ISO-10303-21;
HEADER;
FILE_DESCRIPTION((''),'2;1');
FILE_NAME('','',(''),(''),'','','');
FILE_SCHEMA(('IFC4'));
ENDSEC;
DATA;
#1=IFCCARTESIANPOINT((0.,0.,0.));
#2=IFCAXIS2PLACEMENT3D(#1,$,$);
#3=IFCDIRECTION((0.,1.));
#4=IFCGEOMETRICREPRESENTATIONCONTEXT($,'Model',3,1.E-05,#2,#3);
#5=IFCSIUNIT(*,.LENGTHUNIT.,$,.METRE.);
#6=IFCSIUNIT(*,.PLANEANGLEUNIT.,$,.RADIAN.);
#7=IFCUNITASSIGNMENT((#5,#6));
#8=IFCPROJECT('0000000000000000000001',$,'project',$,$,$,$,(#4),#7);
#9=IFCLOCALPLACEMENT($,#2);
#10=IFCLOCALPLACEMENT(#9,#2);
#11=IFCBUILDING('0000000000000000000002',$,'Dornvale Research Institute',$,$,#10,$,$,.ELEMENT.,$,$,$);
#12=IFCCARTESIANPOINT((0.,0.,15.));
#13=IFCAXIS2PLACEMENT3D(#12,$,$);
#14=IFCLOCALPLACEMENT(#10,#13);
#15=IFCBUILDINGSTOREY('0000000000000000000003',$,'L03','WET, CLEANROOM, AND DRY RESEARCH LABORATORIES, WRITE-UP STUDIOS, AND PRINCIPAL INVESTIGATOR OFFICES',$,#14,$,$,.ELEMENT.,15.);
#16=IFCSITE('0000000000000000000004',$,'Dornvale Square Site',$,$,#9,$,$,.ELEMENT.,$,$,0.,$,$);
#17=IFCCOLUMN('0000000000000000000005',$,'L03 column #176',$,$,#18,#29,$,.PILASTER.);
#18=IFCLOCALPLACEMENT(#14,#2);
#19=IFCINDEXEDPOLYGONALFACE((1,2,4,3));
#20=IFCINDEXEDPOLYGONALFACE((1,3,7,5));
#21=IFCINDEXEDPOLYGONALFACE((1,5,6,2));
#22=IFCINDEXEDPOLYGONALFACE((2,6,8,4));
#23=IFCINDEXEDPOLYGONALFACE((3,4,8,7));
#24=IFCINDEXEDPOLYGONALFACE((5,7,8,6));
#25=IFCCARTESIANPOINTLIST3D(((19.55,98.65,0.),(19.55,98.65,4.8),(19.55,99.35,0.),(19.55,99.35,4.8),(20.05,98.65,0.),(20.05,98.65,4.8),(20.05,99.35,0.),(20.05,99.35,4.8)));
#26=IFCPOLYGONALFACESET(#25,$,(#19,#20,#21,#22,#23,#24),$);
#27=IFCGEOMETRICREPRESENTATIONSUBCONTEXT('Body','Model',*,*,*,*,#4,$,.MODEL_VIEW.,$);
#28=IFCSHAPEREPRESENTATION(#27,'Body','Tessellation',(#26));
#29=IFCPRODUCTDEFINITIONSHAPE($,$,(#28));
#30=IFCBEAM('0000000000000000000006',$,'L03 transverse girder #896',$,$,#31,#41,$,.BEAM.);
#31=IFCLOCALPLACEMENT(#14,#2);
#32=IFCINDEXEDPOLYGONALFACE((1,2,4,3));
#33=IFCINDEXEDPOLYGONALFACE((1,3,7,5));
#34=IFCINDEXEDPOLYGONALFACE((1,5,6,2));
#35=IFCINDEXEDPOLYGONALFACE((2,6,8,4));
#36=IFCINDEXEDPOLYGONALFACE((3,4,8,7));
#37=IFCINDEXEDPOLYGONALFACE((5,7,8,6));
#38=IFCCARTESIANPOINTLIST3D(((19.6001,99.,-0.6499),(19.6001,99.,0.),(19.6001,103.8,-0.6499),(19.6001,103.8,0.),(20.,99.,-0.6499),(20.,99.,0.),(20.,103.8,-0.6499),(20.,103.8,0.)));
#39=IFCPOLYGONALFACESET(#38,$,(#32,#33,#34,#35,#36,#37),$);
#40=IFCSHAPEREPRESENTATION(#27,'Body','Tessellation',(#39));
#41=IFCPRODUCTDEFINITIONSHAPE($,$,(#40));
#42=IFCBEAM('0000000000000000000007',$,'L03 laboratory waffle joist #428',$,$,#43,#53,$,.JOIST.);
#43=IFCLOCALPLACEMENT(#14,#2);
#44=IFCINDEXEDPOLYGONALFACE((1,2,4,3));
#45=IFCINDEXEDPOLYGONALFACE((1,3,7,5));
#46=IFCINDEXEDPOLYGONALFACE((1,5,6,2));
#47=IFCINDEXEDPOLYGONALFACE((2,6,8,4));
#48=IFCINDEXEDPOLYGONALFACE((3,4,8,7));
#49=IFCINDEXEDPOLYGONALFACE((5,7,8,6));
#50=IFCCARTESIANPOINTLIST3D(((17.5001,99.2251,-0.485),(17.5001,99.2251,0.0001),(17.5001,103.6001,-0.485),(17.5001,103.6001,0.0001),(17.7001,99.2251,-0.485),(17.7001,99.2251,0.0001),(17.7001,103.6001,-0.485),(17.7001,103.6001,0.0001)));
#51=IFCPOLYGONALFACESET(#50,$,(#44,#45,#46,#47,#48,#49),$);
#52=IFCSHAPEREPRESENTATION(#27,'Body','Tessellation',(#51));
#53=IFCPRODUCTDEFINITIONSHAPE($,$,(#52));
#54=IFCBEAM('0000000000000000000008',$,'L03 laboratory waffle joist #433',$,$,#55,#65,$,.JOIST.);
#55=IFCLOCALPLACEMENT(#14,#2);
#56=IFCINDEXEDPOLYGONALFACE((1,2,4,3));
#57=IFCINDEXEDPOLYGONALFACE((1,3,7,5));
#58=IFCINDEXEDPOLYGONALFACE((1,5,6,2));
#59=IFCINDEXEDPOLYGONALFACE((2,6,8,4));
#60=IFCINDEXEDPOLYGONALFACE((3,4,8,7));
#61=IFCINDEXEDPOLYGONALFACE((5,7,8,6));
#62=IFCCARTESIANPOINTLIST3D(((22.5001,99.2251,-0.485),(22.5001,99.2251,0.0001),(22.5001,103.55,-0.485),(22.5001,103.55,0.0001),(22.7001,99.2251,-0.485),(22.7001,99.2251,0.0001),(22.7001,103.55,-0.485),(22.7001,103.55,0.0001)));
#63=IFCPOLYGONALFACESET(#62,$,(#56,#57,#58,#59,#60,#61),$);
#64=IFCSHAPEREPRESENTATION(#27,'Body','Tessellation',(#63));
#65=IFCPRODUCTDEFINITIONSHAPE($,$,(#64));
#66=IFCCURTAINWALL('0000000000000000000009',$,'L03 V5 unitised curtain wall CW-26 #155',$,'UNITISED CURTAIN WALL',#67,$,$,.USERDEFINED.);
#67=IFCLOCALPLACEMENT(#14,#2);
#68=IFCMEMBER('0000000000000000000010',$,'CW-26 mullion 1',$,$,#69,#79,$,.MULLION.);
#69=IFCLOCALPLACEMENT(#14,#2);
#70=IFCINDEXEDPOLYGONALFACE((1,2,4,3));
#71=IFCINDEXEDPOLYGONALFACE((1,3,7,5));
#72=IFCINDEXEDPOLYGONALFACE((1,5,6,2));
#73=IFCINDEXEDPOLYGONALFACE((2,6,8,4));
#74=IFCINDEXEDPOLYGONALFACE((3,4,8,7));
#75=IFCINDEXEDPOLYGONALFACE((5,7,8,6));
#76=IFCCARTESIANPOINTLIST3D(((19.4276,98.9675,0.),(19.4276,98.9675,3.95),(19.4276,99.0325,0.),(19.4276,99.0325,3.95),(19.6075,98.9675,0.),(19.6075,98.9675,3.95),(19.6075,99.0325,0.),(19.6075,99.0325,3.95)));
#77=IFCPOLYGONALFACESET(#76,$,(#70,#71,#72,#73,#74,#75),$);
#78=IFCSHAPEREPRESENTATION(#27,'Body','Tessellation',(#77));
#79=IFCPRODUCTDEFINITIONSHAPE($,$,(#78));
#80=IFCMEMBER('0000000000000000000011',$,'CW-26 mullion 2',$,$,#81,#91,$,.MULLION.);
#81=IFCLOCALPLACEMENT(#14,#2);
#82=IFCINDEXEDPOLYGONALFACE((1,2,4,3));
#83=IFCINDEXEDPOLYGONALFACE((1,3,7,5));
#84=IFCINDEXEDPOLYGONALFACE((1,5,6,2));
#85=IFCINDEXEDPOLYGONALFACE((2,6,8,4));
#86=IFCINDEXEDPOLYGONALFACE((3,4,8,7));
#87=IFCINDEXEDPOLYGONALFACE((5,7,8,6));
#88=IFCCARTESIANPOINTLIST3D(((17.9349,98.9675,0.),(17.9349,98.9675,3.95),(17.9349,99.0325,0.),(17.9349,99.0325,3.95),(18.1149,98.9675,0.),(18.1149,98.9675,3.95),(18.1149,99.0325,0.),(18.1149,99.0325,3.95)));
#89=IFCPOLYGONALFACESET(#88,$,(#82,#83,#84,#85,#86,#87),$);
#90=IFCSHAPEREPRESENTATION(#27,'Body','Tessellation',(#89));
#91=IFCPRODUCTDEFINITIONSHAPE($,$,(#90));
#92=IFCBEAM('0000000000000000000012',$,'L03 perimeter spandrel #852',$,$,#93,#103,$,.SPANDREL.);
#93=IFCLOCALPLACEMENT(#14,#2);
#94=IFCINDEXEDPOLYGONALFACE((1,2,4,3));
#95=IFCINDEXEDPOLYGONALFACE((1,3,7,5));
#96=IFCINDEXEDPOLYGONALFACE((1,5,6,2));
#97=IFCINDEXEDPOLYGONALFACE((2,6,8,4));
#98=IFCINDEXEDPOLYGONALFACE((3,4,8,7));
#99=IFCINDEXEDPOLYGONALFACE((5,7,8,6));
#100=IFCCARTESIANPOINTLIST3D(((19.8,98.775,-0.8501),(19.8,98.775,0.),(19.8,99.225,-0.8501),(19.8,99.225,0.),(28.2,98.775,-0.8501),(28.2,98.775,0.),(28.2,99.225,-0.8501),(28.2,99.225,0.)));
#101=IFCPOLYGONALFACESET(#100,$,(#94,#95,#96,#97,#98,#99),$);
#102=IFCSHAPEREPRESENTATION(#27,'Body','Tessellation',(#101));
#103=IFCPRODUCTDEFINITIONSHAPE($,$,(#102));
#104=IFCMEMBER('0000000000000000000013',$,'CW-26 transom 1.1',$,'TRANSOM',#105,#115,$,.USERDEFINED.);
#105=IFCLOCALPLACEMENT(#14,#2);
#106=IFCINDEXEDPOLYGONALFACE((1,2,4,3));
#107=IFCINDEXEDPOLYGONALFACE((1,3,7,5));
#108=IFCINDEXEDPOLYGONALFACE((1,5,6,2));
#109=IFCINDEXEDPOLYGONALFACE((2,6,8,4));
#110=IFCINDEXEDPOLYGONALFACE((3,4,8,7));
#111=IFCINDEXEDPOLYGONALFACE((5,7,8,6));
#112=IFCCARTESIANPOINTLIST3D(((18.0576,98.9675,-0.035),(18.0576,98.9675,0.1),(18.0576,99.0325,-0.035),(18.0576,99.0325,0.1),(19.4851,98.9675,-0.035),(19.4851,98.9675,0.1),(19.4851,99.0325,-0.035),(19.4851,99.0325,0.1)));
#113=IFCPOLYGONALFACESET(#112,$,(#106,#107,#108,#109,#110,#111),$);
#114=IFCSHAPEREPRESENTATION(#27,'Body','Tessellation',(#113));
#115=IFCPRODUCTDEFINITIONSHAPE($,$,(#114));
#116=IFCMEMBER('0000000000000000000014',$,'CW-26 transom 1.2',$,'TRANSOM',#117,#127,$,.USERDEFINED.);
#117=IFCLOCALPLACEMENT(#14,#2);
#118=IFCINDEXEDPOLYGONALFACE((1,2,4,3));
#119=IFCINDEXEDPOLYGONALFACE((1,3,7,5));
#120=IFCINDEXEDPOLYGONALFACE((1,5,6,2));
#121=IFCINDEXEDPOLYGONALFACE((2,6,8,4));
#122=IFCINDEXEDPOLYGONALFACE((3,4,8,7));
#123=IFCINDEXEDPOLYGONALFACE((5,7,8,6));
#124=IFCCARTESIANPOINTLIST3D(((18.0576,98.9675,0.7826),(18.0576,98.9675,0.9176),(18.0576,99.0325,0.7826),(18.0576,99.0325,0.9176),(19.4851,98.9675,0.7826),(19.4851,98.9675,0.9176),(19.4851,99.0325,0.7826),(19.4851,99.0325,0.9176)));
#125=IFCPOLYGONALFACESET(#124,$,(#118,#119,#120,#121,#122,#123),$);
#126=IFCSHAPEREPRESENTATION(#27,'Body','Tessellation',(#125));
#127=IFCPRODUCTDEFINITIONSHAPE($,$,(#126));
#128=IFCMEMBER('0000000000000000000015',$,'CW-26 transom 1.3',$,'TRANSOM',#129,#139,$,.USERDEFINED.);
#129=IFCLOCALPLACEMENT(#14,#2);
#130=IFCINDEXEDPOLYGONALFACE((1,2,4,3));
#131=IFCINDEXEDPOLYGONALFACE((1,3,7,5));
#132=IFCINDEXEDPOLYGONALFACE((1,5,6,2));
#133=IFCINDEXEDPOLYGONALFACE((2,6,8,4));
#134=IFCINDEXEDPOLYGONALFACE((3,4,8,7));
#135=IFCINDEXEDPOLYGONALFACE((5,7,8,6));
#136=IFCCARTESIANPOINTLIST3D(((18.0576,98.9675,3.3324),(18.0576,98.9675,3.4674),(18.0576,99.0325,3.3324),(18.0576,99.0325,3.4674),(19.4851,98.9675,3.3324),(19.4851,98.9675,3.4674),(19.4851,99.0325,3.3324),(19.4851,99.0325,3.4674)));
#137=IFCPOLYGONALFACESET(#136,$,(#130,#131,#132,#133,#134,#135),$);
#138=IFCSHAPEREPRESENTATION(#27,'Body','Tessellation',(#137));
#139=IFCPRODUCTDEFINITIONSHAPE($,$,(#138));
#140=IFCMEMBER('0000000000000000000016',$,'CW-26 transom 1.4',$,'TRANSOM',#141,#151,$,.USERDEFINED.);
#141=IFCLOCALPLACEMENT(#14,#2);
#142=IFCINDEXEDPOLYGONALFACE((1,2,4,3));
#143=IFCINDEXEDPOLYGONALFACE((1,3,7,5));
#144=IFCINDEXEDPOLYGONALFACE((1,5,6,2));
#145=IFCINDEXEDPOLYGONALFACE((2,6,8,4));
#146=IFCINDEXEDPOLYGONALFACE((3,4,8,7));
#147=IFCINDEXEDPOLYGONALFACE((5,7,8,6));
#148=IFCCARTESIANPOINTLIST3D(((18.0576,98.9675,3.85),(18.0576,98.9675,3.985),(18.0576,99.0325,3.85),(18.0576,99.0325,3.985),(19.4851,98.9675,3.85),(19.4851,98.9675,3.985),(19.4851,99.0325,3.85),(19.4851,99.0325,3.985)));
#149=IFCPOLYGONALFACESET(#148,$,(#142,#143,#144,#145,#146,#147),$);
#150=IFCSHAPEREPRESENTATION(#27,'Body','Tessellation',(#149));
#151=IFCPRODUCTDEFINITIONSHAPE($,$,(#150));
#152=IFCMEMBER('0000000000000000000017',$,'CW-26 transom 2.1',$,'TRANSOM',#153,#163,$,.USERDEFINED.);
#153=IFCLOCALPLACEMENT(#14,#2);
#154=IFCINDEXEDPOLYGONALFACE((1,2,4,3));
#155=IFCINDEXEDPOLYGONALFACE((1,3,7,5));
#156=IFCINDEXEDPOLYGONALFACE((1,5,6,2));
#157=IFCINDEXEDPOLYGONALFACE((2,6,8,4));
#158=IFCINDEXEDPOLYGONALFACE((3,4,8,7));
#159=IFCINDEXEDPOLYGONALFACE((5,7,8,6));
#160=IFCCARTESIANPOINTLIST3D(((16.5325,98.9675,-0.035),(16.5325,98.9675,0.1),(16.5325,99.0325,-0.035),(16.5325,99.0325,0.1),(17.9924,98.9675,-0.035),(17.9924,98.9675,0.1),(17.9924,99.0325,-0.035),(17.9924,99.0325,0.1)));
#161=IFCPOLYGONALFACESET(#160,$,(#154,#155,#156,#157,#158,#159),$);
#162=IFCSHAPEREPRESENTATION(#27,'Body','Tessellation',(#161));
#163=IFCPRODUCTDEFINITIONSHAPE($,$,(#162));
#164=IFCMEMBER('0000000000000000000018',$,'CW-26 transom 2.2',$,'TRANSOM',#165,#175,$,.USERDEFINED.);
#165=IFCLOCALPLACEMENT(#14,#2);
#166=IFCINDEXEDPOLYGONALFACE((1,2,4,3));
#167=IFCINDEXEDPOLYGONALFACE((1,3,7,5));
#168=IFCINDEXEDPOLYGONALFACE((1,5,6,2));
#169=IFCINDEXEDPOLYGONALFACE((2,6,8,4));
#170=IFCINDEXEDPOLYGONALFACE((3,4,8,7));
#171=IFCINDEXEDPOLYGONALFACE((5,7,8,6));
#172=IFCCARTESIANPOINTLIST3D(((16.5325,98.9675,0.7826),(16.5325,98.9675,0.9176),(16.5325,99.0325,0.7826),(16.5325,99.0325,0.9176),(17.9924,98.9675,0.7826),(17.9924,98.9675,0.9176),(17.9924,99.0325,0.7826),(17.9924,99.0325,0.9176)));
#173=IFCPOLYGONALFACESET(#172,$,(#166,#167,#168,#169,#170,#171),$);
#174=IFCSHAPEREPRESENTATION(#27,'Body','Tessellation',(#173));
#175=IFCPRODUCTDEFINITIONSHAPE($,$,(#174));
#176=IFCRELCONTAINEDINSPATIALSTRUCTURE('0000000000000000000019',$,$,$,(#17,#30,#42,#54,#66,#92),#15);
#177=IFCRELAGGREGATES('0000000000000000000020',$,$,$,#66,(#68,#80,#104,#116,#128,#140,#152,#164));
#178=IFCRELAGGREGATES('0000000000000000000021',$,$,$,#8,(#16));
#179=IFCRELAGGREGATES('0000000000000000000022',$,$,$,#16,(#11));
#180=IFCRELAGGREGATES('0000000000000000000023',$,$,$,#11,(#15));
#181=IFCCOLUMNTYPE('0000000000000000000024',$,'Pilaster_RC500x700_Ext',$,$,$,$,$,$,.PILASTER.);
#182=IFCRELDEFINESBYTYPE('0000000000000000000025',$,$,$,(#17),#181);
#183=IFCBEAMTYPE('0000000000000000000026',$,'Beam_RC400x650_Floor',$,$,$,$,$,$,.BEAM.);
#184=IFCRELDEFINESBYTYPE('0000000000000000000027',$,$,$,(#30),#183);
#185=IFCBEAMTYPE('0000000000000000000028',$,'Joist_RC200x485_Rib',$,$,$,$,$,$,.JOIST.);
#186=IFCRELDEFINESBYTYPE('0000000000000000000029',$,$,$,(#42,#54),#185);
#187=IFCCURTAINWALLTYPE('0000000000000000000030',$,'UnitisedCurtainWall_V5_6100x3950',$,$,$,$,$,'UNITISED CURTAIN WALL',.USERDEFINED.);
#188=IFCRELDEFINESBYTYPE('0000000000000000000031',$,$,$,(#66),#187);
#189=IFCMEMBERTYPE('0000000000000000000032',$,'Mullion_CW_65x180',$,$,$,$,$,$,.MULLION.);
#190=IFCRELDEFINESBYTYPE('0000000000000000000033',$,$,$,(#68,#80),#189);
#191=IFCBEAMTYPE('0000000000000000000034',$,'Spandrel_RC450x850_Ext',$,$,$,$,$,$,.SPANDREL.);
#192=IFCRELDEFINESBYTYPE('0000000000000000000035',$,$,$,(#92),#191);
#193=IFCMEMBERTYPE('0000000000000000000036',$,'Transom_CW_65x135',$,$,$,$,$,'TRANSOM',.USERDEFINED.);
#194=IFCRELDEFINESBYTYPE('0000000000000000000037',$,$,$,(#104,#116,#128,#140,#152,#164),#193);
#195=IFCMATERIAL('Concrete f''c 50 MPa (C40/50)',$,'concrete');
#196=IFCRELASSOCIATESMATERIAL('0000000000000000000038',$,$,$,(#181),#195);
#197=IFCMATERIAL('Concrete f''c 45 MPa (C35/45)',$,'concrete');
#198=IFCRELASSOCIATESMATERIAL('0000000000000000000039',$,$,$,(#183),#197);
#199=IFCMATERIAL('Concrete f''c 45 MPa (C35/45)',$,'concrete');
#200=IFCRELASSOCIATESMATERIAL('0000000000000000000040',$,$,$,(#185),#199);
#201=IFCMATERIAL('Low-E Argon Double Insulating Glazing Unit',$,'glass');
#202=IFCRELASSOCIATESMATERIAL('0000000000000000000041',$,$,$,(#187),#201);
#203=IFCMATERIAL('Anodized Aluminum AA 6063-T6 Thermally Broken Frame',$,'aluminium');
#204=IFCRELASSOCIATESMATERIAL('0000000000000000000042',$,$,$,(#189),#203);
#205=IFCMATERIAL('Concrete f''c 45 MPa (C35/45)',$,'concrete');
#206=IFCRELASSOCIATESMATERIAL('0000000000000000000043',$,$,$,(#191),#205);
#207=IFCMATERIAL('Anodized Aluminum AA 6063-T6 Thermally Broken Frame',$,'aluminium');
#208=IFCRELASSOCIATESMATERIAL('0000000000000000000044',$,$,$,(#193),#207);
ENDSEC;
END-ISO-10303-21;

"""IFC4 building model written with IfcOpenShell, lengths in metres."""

from ifc_helpers import new_model, si_unit, direction, frame, origin, origin_2d, place, context, subcontext, project, spatial, rectangle, extrude, material, material_profile, profile_set, type_object, element, aggregate, save


model = new_model("IFC4")

# Units and contexts
model_context = context("Model", 3, precision=1e-05, world=origin(), true_north=direction((0.0, 1.0)))
body_context = subcontext(model_context, "Body", "Model", "MODEL_VIEW")
ifc_project = project(units=[si_unit("LENGTHUNIT", "METRE"), si_unit("PLANEANGLEUNIT", "RADIAN")], contexts=[model_context])

# Site, building, storey
site_placement = place(None, origin())
site = spatial("IfcSite", under=ifc_project, at=site_placement, Name="Dornvale Square Site", CompositionType="ELEMENT", RefElevation=0.0)
building_placement = place(site_placement, origin())
building = spatial("IfcBuilding", under=site, at=building_placement, Name="Dornvale Research Institute", CompositionType="ELEMENT")
storey_placement = place(building_placement, frame((0.0, 0.0, 15.0)))
storey = spatial("IfcBuildingStorey", under=building, at=storey_placement, Name="L03", Description="WET, CLEANROOM, AND DRY RESEARCH LABORATORIES, WRITE-UP STUDIOS, AND PRINCIPAL INVESTIGATOR OFFICES", CompositionType="ELEMENT", Elevation=15.0)

# Column
ifc_material_1 = material(Name="Concrete f'c 50 MPa (C40/50)", Category="concrete")
ifc_material_profile_1 = material_profile(ifc_material_1, rectangle(XDim=0.5, YDim=0.7, at=origin_2d()), Name="RC 500x700")
ifc_profile_set_1 = profile_set([ifc_material_profile_1], Name="Concrete f'c 50 MPa (C40/50)")
column_type = type_object("IfcColumnType", Name="Pilaster_RC500x700_Ext", PredefinedType="PILASTER", material=ifc_profile_set_1)
column_placement = place(storey_placement, frame((19.8, 99.0, 0.0), z_axis=(0.0, 0.0, 1.0), x_axis=(1.0, 0.0, 0.0)))
element("IfcColumn", 1, at=column_placement, inside=storey, type_object=column_type, Name="L03 column #176", PredefinedType="PILASTER", context=body_context, shape_type="SweptSolid", body=[
    extrude(rectangle(XDim=0.5, YDim=0.7, at=origin_2d()), origin(), (0.0, 0.0, 1.0), 4.8),
])

# Beams
ifc_material_2 = material(Name="Concrete f'c 45 MPa (C35/45)", Category="concrete")
ifc_material_profile_2 = material_profile(ifc_material_2, rectangle(XDim=0.3999, YDim=0.6499, at=origin_2d()), Name="RC 400x650")
ifc_profile_set_2 = profile_set([ifc_material_profile_2], Name="Concrete f'c 45 MPa (C35/45)")
beam_type_1 = type_object("IfcBeamType", Name="Beam_RC400x650_Floor", PredefinedType="BEAM", material=ifc_profile_set_2)
beam_1_placement = place(storey_placement, frame((19.8, 99.0, -0.325), z_axis=(0.0, 1.0, 0.0), x_axis=(-1.0, 0.0, 0.0)))
element("IfcBeam", 2, at=beam_1_placement, inside=storey, type_object=beam_type_1, Name="L03 transverse girder #896", PredefinedType="BEAM", context=body_context, shape_type="SweptSolid", body=[
    extrude(rectangle(XDim=0.3999, YDim=0.6499, at=origin_2d()), origin(), (0.0, 0.0, 1.0), 4.8),
])
ifc_material_3 = material(Name="Concrete f'c 45 MPa (C35/45)", Category="concrete")
ifc_material_profile_3 = material_profile(ifc_material_3, rectangle(XDim=0.2, YDim=0.4851, at=origin_2d()), Name="RC 200x485")
ifc_profile_set_3 = profile_set([ifc_material_profile_3], Name="Concrete f'c 45 MPa (C35/45)")
beam_type_2 = type_object("IfcBeamType", Name="Joist_RC200x485_Rib", PredefinedType="JOIST", material=ifc_profile_set_3)
beam_2_placement = place(storey_placement, frame((17.6001, 99.2251, -0.2424), z_axis=(0.0, 1.0, 0.0), x_axis=(-1.0, 0.0, 0.0)))
element("IfcBeam", 3, at=beam_2_placement, inside=storey, type_object=beam_type_2, Name="L03 laboratory waffle joist #428", PredefinedType="JOIST", context=body_context, shape_type="SweptSolid", body=[
    extrude(rectangle(XDim=0.2, YDim=0.4851, at=origin_2d()), origin(), (0.0, 0.0, 1.0), 4.375),
])
beam_3_placement = place(storey_placement, frame((22.6001, 99.2251, -0.2424), z_axis=(0.0, 1.0, 0.0), x_axis=(-1.0, 0.0, 0.0)))
element("IfcBeam", 4, at=beam_3_placement, inside=storey, type_object=beam_type_2, Name="L03 laboratory waffle joist #433", PredefinedType="JOIST", context=body_context, shape_type="SweptSolid", body=[
    extrude(rectangle(XDim=0.2, YDim=0.4851, at=origin_2d()), origin(), (0.0, 0.0, 1.0), 4.325),
])

# Curtain wall, members
ifc_material_4 = material(Name="Low-E Argon Double Insulating Glazing Unit", Category="glass")
curtain_wall_type = type_object("IfcCurtainWallType", Name="UnitisedCurtainWall_V5_6100x3950", ElementType="UNITISED CURTAIN WALL", PredefinedType="USERDEFINED", material=ifc_material_4)
curtain_wall_placement = place(storey_placement, origin())
curtain_wall = element("IfcCurtainWall", 5, at=curtain_wall_placement, inside=storey, type_object=curtain_wall_type, Name="L03 V5 unitised curtain wall CW-26 #155", ObjectType="UNITISED CURTAIN WALL", PredefinedType="USERDEFINED")
ifc_material_5 = material(Name="Anodized Aluminum AA 6063-T6 Thermally Broken Frame", Category="aluminium")
ifc_material_profile_4 = material_profile(ifc_material_5, rectangle(XDim=0.0649, YDim=0.1799, at=origin_2d()), Name="ALU MULLION 65x180")
ifc_profile_set_4 = profile_set([ifc_material_profile_4], Name="Anodized Aluminum AA 6063-T6 Thermally Broken Frame")
member_type_1 = type_object("IfcMemberType", Name="Mullion_CW_65x180", PredefinedType="MULLION", material=ifc_profile_set_4)
member_1_placement = place(storey_placement, frame((19.5176, 99.0, 0.0), z_axis=(0.0, 0.0, 1.0), x_axis=(0.0, -1.0, 0.0)))
member_1 = element("IfcMember", 6, at=member_1_placement, type_object=member_type_1, Name="CW-26 mullion 1", PredefinedType="MULLION", context=body_context, shape_type="SweptSolid", body=[
    extrude(rectangle(XDim=0.0649, YDim=0.1799, at=origin_2d()), origin(), (0.0, 0.0, 1.0), 3.95),
])
member_2_placement = place(storey_placement, frame((18.0249, 99.0, 0.0), z_axis=(0.0, 0.0, 1.0), x_axis=(0.0, -1.0, 0.0)))
member_2 = element("IfcMember", 7, at=member_2_placement, type_object=member_type_1, Name="CW-26 mullion 2", PredefinedType="MULLION", context=body_context, shape_type="SweptSolid", body=[
    extrude(rectangle(XDim=0.0649, YDim=0.1799, at=origin_2d()), origin(), (0.0, 0.0, 1.0), 3.95),
])

# Beam
ifc_material_6 = material(Name="Concrete f'c 45 MPa (C35/45)", Category="concrete")
ifc_material_profile_5 = material_profile(ifc_material_6, rectangle(XDim=0.45, YDim=0.8501, at=origin_2d()), Name="RC 450x850")
ifc_profile_set_5 = profile_set([ifc_material_profile_5], Name="Concrete f'c 45 MPa (C35/45)")
beam_type_3 = type_object("IfcBeamType", Name="Spandrel_RC450x850_Ext", PredefinedType="SPANDREL", material=ifc_profile_set_5)
beam_4_placement = place(storey_placement, frame((19.8, 99.0, -0.425), z_axis=(1.0, 0.0, 0.0), x_axis=(0.0, 1.0, 0.0)))
element("IfcBeam", 8, at=beam_4_placement, inside=storey, type_object=beam_type_3, Name="L03 perimeter spandrel #852", PredefinedType="SPANDREL", context=body_context, shape_type="SweptSolid", body=[
    extrude(rectangle(XDim=0.45, YDim=0.8501, at=origin_2d()), origin(), (0.0, 0.0, 1.0), 8.3999),
])

# Members
ifc_material_7 = material(Name="Anodized Aluminum AA 6063-T6 Thermally Broken Frame", Category="aluminium")
ifc_material_profile_6 = material_profile(ifc_material_7, rectangle(XDim=0.0649, YDim=0.135, at=origin_2d()), Name="ALU TRANSOM 65x135")
ifc_profile_set_6 = profile_set([ifc_material_profile_6], Name="Anodized Aluminum AA 6063-T6 Thermally Broken Frame")
member_type_2 = type_object("IfcMemberType", Name="Transom_CW_65x135", ElementType="TRANSOM", PredefinedType="USERDEFINED", material=ifc_profile_set_6)
member_3_placement = place(storey_placement, frame((19.4851, 99.0, 0.0325), z_axis=(-1.0, 0.0, 0.0), x_axis=(0.0, -1.0, 0.0)))
member_3 = element("IfcMember", 9, at=member_3_placement, type_object=member_type_2, Name="CW-26 transom 1.1", ObjectType="TRANSOM", PredefinedType="USERDEFINED", context=body_context, shape_type="SweptSolid", body=[
    extrude(rectangle(XDim=0.0649, YDim=0.135, at=origin_2d()), origin(), (0.0, 0.0, 1.0), 1.4275),
])
member_4_placement = place(storey_placement, frame((19.4851, 99.0, 0.8501), z_axis=(-1.0, 0.0, 0.0), x_axis=(0.0, -1.0, 0.0)))
member_4 = element("IfcMember", 10, at=member_4_placement, type_object=member_type_2, Name="CW-26 transom 1.2", ObjectType="TRANSOM", PredefinedType="USERDEFINED", context=body_context, shape_type="SweptSolid", body=[
    extrude(rectangle(XDim=0.0649, YDim=0.135, at=origin_2d()), origin(), (0.0, 0.0, 1.0), 1.4275),
])
member_5_placement = place(storey_placement, frame((19.4851, 99.0, 3.3999), z_axis=(-1.0, 0.0, 0.0), x_axis=(0.0, -1.0, 0.0)))
member_5 = element("IfcMember", 11, at=member_5_placement, type_object=member_type_2, Name="CW-26 transom 1.3", ObjectType="TRANSOM", PredefinedType="USERDEFINED", context=body_context, shape_type="SweptSolid", body=[
    extrude(rectangle(XDim=0.0649, YDim=0.135, at=origin_2d()), origin(), (0.0, 0.0, 1.0), 1.4275),
])
member_6_placement = place(storey_placement, frame((19.4851, 99.0, 3.9175), z_axis=(-1.0, 0.0, 0.0), x_axis=(0.0, -1.0, 0.0)))
member_6 = element("IfcMember", 12, at=member_6_placement, type_object=member_type_2, Name="CW-26 transom 1.4", ObjectType="TRANSOM", PredefinedType="USERDEFINED", context=body_context, shape_type="SweptSolid", body=[
    extrude(rectangle(XDim=0.0649, YDim=0.135, at=origin_2d()), origin(), (0.0, 0.0, 1.0), 1.4275),
])
member_7_placement = place(storey_placement, frame((17.9924, 99.0, 0.0325), z_axis=(-1.0, 0.0, 0.0), x_axis=(0.0, -1.0, 0.0)))
member_7 = element("IfcMember", 13, at=member_7_placement, type_object=member_type_2, Name="CW-26 transom 2.1", ObjectType="TRANSOM", PredefinedType="USERDEFINED", context=body_context, shape_type="SweptSolid", body=[
    extrude(rectangle(XDim=0.0649, YDim=0.135, at=origin_2d()), origin(), (0.0, 0.0, 1.0), 1.46),
])
member_8_placement = place(storey_placement, frame((17.9924, 99.0, 0.8501), z_axis=(-1.0, 0.0, 0.0), x_axis=(0.0, -1.0, 0.0)))
member_8 = element("IfcMember", 14, at=member_8_placement, type_object=member_type_2, Name="CW-26 transom 2.2", ObjectType="TRANSOM", PredefinedType="USERDEFINED", context=body_context, shape_type="SweptSolid", body=[
    extrude(rectangle(XDim=0.0649, YDim=0.135, at=origin_2d()), origin(), (0.0, 0.0, 1.0), 1.46),
])

aggregate(curtain_wall, [member_1, member_2, member_3, member_4, member_5, member_6, member_7, member_8])

save(model, "model.ifc")
